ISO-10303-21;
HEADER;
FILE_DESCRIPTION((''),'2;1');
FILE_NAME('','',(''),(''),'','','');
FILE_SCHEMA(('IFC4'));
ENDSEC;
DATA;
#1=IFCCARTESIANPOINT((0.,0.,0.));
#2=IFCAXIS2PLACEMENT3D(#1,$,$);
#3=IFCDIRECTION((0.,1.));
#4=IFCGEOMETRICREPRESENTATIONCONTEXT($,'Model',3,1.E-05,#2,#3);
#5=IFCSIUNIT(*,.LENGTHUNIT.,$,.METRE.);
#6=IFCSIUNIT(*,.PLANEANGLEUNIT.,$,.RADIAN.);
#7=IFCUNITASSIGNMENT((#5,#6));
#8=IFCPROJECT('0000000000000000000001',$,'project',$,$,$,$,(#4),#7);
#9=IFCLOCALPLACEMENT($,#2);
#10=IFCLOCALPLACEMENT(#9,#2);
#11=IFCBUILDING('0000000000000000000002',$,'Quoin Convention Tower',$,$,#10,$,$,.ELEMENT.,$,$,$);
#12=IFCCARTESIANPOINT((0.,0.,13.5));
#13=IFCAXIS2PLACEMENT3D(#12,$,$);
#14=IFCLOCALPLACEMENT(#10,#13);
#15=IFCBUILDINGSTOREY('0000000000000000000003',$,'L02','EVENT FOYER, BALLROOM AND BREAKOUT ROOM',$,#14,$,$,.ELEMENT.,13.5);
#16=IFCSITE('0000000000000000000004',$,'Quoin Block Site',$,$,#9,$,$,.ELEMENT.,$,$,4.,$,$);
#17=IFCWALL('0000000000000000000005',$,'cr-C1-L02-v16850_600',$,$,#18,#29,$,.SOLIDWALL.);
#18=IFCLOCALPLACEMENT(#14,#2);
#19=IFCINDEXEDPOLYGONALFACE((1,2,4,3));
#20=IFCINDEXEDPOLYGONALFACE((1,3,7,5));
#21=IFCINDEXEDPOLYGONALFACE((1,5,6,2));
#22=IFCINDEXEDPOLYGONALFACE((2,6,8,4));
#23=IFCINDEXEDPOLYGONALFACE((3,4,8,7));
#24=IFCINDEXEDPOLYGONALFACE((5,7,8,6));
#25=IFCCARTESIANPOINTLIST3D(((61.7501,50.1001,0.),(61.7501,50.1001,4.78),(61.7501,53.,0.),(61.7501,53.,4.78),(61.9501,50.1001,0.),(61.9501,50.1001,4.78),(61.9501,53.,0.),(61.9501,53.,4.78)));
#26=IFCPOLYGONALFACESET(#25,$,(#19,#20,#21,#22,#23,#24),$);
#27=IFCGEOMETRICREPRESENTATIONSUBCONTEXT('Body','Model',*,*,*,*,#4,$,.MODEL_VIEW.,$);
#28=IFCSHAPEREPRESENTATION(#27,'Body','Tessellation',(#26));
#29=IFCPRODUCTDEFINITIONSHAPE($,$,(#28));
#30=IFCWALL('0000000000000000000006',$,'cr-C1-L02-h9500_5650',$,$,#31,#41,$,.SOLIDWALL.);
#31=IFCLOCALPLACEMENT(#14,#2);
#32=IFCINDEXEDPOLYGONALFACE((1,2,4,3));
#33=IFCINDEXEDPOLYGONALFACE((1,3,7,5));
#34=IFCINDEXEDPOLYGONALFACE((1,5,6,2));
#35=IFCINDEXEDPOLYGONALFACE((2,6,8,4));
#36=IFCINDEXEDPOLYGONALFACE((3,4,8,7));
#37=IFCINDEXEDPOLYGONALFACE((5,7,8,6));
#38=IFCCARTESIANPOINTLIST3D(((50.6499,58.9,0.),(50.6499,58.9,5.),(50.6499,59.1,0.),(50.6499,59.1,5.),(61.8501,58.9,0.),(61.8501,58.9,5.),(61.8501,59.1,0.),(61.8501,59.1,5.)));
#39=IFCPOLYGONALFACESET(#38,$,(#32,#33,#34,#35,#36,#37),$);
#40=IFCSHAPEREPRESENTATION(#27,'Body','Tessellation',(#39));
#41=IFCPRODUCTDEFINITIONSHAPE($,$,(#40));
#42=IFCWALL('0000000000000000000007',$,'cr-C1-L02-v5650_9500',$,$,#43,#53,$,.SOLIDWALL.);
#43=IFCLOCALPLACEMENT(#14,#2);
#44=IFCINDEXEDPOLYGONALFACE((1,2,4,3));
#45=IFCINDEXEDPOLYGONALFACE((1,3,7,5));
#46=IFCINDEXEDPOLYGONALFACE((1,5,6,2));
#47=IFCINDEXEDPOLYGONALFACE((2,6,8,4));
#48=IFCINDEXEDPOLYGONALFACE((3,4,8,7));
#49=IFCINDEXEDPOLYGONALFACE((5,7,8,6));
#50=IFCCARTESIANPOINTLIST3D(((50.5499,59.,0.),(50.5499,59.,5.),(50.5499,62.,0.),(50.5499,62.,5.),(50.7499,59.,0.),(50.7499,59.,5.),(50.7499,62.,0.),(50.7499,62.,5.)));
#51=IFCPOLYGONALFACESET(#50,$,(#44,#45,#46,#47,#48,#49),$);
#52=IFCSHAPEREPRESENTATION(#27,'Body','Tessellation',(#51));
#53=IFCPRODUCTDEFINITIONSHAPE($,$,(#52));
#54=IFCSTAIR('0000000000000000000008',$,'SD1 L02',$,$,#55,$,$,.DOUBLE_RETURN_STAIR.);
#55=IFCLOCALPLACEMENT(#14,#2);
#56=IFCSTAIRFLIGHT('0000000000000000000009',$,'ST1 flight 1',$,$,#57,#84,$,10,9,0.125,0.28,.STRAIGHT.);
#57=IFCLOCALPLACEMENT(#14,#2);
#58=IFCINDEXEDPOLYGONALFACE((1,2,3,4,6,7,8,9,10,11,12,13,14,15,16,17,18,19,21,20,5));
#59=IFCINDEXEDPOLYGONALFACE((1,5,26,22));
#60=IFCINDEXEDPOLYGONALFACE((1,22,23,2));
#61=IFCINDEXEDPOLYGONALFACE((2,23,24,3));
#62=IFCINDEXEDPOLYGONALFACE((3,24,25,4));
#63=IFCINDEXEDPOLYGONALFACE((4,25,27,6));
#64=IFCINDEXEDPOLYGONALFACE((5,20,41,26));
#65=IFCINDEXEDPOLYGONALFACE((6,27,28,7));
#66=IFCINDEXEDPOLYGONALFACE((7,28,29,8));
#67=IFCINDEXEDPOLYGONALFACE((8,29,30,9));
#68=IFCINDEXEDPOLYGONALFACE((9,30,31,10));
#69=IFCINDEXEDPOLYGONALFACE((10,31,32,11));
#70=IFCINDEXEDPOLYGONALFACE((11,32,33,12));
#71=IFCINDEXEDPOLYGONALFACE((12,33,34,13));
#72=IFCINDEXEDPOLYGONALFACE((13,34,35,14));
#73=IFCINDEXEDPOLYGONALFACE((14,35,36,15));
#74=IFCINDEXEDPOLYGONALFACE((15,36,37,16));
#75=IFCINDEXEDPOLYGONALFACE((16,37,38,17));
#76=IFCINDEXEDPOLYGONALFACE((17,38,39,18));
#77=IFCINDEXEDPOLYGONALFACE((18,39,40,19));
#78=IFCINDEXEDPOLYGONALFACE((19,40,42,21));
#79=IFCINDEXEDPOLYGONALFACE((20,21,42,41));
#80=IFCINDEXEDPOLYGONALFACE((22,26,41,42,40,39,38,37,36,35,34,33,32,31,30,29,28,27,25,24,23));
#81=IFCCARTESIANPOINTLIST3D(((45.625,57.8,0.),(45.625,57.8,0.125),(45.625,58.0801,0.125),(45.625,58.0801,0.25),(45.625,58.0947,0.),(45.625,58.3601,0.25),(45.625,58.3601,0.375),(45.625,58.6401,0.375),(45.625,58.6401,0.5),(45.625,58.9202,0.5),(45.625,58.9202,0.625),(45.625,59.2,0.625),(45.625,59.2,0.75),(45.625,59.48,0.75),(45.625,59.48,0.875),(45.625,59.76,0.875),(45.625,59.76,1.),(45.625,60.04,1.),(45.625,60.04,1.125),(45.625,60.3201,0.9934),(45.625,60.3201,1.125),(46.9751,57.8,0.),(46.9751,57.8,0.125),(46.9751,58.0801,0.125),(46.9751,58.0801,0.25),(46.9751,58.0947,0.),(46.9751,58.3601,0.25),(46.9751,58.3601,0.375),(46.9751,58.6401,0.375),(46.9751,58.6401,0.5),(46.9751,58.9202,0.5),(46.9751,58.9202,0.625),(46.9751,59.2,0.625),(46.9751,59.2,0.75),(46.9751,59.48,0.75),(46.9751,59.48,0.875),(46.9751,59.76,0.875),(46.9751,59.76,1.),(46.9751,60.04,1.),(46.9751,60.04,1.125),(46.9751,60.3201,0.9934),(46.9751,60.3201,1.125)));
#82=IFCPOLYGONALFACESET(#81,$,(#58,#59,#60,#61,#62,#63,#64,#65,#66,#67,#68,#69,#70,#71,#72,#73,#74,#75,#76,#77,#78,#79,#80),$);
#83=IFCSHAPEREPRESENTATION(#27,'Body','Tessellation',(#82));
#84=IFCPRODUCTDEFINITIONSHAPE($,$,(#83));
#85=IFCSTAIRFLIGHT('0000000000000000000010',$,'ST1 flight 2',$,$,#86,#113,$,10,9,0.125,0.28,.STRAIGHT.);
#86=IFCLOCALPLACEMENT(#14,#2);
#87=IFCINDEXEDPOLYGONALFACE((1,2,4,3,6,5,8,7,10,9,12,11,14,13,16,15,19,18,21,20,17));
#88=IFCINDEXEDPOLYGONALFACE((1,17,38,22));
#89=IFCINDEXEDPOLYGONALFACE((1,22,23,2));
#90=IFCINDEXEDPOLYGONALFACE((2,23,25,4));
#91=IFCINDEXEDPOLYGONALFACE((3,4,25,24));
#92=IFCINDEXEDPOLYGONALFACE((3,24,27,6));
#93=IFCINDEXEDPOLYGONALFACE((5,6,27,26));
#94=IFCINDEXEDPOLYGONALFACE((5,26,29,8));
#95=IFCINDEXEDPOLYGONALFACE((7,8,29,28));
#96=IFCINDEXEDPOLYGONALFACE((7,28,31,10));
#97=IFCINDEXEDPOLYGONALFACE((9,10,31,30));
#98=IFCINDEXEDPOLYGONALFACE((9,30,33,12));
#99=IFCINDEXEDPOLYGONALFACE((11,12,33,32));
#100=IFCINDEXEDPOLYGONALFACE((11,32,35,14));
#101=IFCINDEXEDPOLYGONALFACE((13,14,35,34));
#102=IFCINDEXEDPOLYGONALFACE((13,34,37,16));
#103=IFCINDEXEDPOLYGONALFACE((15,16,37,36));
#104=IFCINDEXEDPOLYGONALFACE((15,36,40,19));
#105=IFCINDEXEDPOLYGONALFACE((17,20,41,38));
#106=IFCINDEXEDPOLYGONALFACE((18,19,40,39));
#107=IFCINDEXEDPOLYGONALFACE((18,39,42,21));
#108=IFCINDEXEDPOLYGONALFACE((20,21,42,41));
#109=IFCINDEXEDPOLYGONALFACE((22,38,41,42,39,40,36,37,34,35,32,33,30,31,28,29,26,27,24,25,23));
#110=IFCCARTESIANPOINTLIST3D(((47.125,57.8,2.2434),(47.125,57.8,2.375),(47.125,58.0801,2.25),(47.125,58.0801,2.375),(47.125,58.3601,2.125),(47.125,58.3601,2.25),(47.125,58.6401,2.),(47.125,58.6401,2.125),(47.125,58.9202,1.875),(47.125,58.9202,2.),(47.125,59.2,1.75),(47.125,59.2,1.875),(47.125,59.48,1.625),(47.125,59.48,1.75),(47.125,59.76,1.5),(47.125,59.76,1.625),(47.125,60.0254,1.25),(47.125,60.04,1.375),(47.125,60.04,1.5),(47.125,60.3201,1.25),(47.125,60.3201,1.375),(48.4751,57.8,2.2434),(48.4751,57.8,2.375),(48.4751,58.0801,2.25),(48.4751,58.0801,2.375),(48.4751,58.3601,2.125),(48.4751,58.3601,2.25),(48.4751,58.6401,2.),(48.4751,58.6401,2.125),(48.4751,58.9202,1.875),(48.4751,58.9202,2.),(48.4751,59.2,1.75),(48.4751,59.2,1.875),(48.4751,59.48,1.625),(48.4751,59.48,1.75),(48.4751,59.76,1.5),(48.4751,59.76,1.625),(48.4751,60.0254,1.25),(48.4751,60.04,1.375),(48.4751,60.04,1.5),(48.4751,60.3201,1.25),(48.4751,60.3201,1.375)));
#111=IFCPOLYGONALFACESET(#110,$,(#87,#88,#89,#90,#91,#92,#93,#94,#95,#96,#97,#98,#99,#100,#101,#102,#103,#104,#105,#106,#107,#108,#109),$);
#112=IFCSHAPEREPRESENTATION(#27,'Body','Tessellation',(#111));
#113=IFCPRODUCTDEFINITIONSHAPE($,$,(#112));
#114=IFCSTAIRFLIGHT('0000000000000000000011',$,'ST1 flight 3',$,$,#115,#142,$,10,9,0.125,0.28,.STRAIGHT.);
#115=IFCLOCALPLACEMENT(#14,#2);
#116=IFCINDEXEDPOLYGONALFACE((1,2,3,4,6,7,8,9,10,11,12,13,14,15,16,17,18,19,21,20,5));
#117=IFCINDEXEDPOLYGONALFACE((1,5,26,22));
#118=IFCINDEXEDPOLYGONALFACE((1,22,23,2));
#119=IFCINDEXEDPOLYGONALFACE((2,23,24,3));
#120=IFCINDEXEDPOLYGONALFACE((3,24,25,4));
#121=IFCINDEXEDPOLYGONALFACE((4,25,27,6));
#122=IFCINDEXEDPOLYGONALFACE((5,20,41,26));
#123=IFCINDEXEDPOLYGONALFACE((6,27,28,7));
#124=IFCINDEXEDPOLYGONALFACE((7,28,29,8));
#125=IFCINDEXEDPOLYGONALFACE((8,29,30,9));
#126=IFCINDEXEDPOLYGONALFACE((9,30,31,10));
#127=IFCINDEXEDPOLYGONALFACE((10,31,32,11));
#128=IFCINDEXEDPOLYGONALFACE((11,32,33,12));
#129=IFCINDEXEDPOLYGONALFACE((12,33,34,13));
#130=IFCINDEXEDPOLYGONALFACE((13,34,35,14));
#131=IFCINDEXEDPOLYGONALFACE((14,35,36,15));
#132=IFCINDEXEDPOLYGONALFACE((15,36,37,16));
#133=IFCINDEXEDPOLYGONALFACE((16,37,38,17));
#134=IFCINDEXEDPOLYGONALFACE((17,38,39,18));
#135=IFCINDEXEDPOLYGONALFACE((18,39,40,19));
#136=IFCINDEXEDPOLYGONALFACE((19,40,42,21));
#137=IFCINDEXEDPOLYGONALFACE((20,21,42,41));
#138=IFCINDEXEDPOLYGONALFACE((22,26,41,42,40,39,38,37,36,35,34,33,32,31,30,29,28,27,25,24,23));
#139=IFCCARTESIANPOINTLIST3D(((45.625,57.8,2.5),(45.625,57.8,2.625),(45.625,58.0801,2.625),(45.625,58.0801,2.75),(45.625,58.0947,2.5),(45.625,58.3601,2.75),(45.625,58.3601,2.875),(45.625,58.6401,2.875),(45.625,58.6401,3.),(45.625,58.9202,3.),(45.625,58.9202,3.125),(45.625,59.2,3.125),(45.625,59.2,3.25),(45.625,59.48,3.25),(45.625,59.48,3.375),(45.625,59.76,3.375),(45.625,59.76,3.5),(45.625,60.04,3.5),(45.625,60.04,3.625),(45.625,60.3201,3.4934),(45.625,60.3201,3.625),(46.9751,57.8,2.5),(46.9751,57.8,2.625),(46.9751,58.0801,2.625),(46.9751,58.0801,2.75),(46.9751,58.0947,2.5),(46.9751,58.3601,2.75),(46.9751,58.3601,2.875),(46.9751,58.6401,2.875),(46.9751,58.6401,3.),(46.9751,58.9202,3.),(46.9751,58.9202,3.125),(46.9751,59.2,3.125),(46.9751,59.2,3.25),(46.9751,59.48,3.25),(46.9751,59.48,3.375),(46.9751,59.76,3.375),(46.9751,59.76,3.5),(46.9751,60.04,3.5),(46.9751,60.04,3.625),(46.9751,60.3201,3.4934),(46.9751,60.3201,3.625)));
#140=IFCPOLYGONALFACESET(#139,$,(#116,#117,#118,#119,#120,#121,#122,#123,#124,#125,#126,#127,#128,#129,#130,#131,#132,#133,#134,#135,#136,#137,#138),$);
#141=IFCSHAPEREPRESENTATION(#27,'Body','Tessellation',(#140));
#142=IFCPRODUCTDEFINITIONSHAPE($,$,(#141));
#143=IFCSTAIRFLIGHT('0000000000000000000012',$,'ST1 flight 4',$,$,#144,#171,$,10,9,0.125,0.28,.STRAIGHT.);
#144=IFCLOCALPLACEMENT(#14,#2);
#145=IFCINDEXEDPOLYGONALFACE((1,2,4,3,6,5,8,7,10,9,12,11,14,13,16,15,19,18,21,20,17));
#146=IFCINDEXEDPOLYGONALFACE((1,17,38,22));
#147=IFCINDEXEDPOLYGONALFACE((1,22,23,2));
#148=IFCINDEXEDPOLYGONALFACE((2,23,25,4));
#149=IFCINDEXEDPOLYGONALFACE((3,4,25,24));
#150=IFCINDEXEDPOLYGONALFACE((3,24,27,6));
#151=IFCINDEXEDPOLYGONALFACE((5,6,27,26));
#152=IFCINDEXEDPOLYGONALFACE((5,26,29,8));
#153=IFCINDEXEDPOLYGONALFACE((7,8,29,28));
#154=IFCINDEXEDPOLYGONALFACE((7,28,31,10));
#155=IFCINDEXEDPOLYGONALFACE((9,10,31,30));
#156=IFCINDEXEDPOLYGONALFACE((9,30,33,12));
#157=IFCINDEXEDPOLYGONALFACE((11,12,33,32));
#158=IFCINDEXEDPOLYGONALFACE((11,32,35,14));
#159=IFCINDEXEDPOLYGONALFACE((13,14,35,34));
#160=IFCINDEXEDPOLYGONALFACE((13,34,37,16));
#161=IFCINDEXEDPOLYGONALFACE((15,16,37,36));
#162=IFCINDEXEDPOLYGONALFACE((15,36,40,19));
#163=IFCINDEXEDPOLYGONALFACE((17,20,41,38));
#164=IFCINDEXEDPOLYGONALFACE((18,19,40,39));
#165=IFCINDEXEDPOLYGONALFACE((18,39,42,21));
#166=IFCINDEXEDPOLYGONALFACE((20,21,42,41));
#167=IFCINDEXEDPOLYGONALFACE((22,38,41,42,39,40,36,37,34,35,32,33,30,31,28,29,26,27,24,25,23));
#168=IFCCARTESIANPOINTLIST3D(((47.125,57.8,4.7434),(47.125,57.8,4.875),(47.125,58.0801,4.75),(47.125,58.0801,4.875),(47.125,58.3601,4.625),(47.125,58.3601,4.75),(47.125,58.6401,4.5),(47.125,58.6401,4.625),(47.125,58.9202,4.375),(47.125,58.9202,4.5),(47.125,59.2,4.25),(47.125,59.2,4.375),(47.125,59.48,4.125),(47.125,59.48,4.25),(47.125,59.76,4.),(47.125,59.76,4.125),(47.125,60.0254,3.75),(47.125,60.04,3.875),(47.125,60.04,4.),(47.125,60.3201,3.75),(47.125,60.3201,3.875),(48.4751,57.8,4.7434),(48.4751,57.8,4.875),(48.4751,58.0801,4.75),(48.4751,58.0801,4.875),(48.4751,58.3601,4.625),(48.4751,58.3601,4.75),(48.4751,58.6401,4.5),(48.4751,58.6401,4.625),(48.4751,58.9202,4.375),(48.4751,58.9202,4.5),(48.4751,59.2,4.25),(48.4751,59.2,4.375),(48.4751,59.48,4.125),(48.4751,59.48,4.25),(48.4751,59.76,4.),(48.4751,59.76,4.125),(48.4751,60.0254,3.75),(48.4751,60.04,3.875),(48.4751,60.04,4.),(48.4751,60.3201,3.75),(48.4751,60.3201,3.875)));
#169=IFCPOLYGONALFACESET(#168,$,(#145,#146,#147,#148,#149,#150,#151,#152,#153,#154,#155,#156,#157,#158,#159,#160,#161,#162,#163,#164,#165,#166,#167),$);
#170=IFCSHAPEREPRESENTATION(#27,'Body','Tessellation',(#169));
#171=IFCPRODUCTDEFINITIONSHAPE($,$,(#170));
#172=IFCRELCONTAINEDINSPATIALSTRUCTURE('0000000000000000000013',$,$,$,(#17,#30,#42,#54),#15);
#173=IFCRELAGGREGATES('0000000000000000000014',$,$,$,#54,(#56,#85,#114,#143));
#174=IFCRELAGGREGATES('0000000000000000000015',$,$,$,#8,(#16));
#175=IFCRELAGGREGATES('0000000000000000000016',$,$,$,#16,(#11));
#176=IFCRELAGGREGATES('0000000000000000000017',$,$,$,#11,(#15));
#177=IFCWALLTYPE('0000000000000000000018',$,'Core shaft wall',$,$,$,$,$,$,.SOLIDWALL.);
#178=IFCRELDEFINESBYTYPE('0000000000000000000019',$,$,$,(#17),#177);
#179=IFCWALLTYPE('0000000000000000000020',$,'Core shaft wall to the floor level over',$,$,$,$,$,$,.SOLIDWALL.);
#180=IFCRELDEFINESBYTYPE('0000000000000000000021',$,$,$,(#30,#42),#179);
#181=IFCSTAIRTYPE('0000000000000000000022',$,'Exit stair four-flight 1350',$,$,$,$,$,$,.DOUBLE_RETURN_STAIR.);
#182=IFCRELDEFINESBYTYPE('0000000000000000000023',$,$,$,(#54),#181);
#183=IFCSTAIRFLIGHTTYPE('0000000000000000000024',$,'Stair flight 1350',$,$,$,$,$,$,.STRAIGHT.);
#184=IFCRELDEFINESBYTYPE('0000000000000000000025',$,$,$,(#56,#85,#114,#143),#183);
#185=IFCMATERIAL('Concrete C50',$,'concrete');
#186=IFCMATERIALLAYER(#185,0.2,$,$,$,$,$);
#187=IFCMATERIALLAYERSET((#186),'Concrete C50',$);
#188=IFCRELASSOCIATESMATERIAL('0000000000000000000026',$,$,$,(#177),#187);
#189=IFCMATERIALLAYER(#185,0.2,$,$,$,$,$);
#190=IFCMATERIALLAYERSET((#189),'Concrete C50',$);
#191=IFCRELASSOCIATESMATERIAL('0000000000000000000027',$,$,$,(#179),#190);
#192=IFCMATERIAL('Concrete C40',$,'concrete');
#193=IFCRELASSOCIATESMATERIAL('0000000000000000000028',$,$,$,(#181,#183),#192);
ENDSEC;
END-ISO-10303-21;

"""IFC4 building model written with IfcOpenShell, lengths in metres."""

from ifc_helpers import new_model, si_unit, direction, frame, frame_2d, origin, place, context, subcontext, project, spatial, polyline, rectangle, outline, extrude, material, layer, layer_set, type_object, element, aggregate, save


model = new_model("IFC4")

# Units and contexts
model_context = context("Model", 3, precision=1e-05, world=origin(), true_north=direction((0.0, 1.0)))
body_context = subcontext(model_context, "Body", "Model", "MODEL_VIEW")
ifc_project = project(units=[si_unit("LENGTHUNIT", "METRE"), si_unit("PLANEANGLEUNIT", "RADIAN")], contexts=[model_context])

# Site, building, storey
site_placement = place(None, origin())
site = spatial("IfcSite", under=ifc_project, at=site_placement, Name="Quoin Block Site", CompositionType="ELEMENT", RefElevation=4.0)
building_placement = place(site_placement, origin())
building = spatial("IfcBuilding", under=site, at=building_placement, Name="Quoin Convention Tower", CompositionType="ELEMENT")
storey_placement = place(building_placement, frame((0.0, 0.0, 13.5)))
storey = spatial("IfcBuildingStorey", under=building, at=storey_placement, Name="L02", Description="EVENT FOYER, BALLROOM AND BREAKOUT ROOM", CompositionType="ELEMENT", Elevation=13.5)

# Shared definitions
ifc_material_1 = material(Name="Concrete C50", Category="concrete")
ifc_layer_1 = layer(ifc_material_1, 0.2)
ifc_layer_set_1 = layer_set([ifc_layer_1], Name="Concrete C50")
wall_type_1 = type_object("IfcWallType", Name="Core shaft wall", PredefinedType="SOLIDWALL", material=ifc_layer_set_1)

# Walls
wall_1_placement = place(storey_placement, frame((61.8501, 50.1001, 0.0), z_axis=(0.0, 0.0, 1.0), x_axis=(0.0, 1.0, 0.0)))
element("IfcWall", 1, at=wall_1_placement, inside=storey, type_object=wall_type_1, Name="cr-C1-L02-v16850_600", PredefinedType="SOLIDWALL", context=body_context, shape_type="SweptSolid", body=[
    extrude(rectangle(XDim=2.8999, YDim=0.2, at=frame_2d((1.45, 0.0))), origin(), (0.0, 0.0, 1.0), 4.78),
])
ifc_layer_2 = layer(ifc_material_1, 0.2)
ifc_layer_set_2 = layer_set([ifc_layer_2], Name="Concrete C50")
wall_type_2 = type_object("IfcWallType", Name="Core shaft wall to the floor level over", PredefinedType="SOLIDWALL", material=ifc_layer_set_2)
wall_2_placement = place(storey_placement, frame((50.6499, 59.0, 0.0), z_axis=(0.0, 0.0, 1.0), x_axis=(1.0, 0.0, 0.0)))
element("IfcWall", 2, at=wall_2_placement, inside=storey, type_object=wall_type_2, Name="cr-C1-L02-h9500_5650", PredefinedType="SOLIDWALL", context=body_context, shape_type="SweptSolid", body=[
    extrude(rectangle(XDim=11.2002, YDim=0.2, at=frame_2d((5.6001, 0.0))), origin(), (0.0, 0.0, 1.0), 5.0),
])
wall_3_placement = place(storey_placement, frame((50.6499, 59.0, 0.0), z_axis=(0.0, 0.0, 1.0), x_axis=(0.0, 1.0, 0.0)))
element("IfcWall", 3, at=wall_3_placement, inside=storey, type_object=wall_type_2, Name="cr-C1-L02-v5650_9500", PredefinedType="SOLIDWALL", context=body_context, shape_type="SweptSolid", body=[
    extrude(rectangle(XDim=3.0, YDim=0.2, at=frame_2d((1.5, 0.0))), origin(), (0.0, 0.0, 1.0), 5.0),
])

# Stair, stair flights
ifc_material_2 = material(Name="Concrete C40", Category="concrete")
stair_type = type_object("IfcStairType", Name="Exit stair four-flight 1350", PredefinedType="DOUBLE_RETURN_STAIR", material=ifc_material_2)
stair_placement = place(storey_placement, origin())
stair = element("IfcStair", 4, at=stair_placement, inside=storey, type_object=stair_type, Name="SD1 L02", PredefinedType="DOUBLE_RETURN_STAIR")
stair_flight_type = type_object("IfcStairFlightType", Name="Stair flight 1350", PredefinedType="STRAIGHT", material=ifc_material_2)
stair_flight_1_placement = place(storey_placement, frame((46.3, 57.8, 0.0), z_axis=(0.0, 0.0, 1.0), x_axis=(0.0, 1.0, 0.0)))
stair_flight_1 = element("IfcStairFlight", 5, at=stair_flight_1_placement, type_object=stair_flight_type, Name="ST1 flight 1", NumberOfRisers=10, NumberOfTreads=9, PredefinedType="STRAIGHT", RiserHeight=0.125, TreadLength=0.28, context=body_context, shape_type="SweptSolid", body=[
    extrude(outline(polyline([(0.0, 0.0), (0.0, 0.125), (0.28, 0.125), (0.28, 0.25), (0.5601, 0.25), (0.5601, 0.375), (0.8401, 0.375), (0.8401, 0.5), (1.1201, 0.5), (1.1201, 0.625), (1.3999, 0.625), (1.3999, 0.75), (1.6799, 0.75), (1.6799, 0.875), (1.96, 0.875), (1.96, 1.0), (2.24, 1.0), (2.24, 1.125), (2.52, 1.125), (2.52, 1.25), (2.52, 0.9934), (0.2947, 0.0), (0.0, 0.0)])), frame((0.0, 0.675, 0.0), z_axis=(0.0, -1.0, 0.0), x_axis=(1.0, 0.0, 0.0)), (0.0, 0.0, 1.0), 1.3501),
])
stair_flight_2_placement = place(storey_placement, frame((47.8, 60.3201, 1.25), z_axis=(0.0, 0.0, 1.0), x_axis=(0.0, -1.0, 0.0)))
stair_flight_2 = element("IfcStairFlight", 6, at=stair_flight_2_placement, type_object=stair_flight_type, Name="ST1 flight 2", NumberOfRisers=10, NumberOfTreads=9, PredefinedType="STRAIGHT", RiserHeight=0.125, TreadLength=0.28, context=body_context, shape_type="SweptSolid", body=[
    extrude(outline(polyline([(0.0, 0.0), (0.0, 0.125), (0.28, 0.125), (0.28, 0.25), (0.5601, 0.25), (0.5601, 0.375), (0.8401, 0.375), (0.8401, 0.5), (1.1201, 0.5), (1.1201, 0.625), (1.3999, 0.625), (1.3999, 0.75), (1.6799, 0.75), (1.6799, 0.875), (1.96, 0.875), (1.96, 1.0), (2.24, 1.0), (2.24, 1.125), (2.52, 1.125), (2.52, 1.25), (2.52, 0.9934), (0.2947, 0.0), (0.0, 0.0)])), frame((0.0, 0.675, 0.0), z_axis=(0.0, -1.0, 0.0), x_axis=(1.0, 0.0, 0.0)), (0.0, 0.0, 1.0), 1.3501),
])
stair_flight_3_placement = place(storey_placement, frame((46.3, 57.8, 2.5), z_axis=(0.0, 0.0, 1.0), x_axis=(0.0, 1.0, 0.0)))
stair_flight_3 = element("IfcStairFlight", 7, at=stair_flight_3_placement, type_object=stair_flight_type, Name="ST1 flight 3", NumberOfRisers=10, NumberOfTreads=9, PredefinedType="STRAIGHT", RiserHeight=0.125, TreadLength=0.28, context=body_context, shape_type="SweptSolid", body=[
    extrude(outline(polyline([(0.0, 0.0), (0.0, 0.125), (0.28, 0.125), (0.28, 0.25), (0.5601, 0.25), (0.5601, 0.375), (0.8401, 0.375), (0.8401, 0.5), (1.1201, 0.5), (1.1201, 0.625), (1.3999, 0.625), (1.3999, 0.75), (1.6799, 0.75), (1.6799, 0.875), (1.96, 0.875), (1.96, 1.0), (2.24, 1.0), (2.24, 1.125), (2.52, 1.125), (2.52, 1.25), (2.52, 0.9934), (0.2947, 0.0), (0.0, 0.0)])), frame((0.0, 0.675, 0.0), z_axis=(0.0, -1.0, 0.0), x_axis=(1.0, 0.0, 0.0)), (0.0, 0.0, 1.0), 1.3501),
])
stair_flight_4_placement = place(storey_placement, frame((47.8, 60.3201, 3.75), z_axis=(0.0, 0.0, 1.0), x_axis=(0.0, -1.0, 0.0)))
stair_flight_4 = element("IfcStairFlight", 8, at=stair_flight_4_placement, type_object=stair_flight_type, Name="ST1 flight 4", NumberOfRisers=10, NumberOfTreads=9, PredefinedType="STRAIGHT", RiserHeight=0.125, TreadLength=0.28, context=body_context, shape_type="SweptSolid", body=[
    extrude(outline(polyline([(0.0, 0.0), (0.0, 0.125), (0.28, 0.125), (0.28, 0.25), (0.5601, 0.25), (0.5601, 0.375), (0.8401, 0.375), (0.8401, 0.5), (1.1201, 0.5), (1.1201, 0.625), (1.3999, 0.625), (1.3999, 0.75), (1.6799, 0.75), (1.6799, 0.875), (1.96, 0.875), (1.96, 1.0), (2.24, 1.0), (2.24, 1.125), (2.52, 1.125), (2.52, 1.25), (2.52, 0.9934), (0.2947, 0.0), (0.0, 0.0)])), frame((0.0, 0.675, 0.0), z_axis=(0.0, -1.0, 0.0), x_axis=(1.0, 0.0, 0.0)), (0.0, 0.0, 1.0), 1.3501),
])
aggregate(stair, [stair_flight_1, stair_flight_2, stair_flight_3, stair_flight_4])

save(model, "model.ifc")
